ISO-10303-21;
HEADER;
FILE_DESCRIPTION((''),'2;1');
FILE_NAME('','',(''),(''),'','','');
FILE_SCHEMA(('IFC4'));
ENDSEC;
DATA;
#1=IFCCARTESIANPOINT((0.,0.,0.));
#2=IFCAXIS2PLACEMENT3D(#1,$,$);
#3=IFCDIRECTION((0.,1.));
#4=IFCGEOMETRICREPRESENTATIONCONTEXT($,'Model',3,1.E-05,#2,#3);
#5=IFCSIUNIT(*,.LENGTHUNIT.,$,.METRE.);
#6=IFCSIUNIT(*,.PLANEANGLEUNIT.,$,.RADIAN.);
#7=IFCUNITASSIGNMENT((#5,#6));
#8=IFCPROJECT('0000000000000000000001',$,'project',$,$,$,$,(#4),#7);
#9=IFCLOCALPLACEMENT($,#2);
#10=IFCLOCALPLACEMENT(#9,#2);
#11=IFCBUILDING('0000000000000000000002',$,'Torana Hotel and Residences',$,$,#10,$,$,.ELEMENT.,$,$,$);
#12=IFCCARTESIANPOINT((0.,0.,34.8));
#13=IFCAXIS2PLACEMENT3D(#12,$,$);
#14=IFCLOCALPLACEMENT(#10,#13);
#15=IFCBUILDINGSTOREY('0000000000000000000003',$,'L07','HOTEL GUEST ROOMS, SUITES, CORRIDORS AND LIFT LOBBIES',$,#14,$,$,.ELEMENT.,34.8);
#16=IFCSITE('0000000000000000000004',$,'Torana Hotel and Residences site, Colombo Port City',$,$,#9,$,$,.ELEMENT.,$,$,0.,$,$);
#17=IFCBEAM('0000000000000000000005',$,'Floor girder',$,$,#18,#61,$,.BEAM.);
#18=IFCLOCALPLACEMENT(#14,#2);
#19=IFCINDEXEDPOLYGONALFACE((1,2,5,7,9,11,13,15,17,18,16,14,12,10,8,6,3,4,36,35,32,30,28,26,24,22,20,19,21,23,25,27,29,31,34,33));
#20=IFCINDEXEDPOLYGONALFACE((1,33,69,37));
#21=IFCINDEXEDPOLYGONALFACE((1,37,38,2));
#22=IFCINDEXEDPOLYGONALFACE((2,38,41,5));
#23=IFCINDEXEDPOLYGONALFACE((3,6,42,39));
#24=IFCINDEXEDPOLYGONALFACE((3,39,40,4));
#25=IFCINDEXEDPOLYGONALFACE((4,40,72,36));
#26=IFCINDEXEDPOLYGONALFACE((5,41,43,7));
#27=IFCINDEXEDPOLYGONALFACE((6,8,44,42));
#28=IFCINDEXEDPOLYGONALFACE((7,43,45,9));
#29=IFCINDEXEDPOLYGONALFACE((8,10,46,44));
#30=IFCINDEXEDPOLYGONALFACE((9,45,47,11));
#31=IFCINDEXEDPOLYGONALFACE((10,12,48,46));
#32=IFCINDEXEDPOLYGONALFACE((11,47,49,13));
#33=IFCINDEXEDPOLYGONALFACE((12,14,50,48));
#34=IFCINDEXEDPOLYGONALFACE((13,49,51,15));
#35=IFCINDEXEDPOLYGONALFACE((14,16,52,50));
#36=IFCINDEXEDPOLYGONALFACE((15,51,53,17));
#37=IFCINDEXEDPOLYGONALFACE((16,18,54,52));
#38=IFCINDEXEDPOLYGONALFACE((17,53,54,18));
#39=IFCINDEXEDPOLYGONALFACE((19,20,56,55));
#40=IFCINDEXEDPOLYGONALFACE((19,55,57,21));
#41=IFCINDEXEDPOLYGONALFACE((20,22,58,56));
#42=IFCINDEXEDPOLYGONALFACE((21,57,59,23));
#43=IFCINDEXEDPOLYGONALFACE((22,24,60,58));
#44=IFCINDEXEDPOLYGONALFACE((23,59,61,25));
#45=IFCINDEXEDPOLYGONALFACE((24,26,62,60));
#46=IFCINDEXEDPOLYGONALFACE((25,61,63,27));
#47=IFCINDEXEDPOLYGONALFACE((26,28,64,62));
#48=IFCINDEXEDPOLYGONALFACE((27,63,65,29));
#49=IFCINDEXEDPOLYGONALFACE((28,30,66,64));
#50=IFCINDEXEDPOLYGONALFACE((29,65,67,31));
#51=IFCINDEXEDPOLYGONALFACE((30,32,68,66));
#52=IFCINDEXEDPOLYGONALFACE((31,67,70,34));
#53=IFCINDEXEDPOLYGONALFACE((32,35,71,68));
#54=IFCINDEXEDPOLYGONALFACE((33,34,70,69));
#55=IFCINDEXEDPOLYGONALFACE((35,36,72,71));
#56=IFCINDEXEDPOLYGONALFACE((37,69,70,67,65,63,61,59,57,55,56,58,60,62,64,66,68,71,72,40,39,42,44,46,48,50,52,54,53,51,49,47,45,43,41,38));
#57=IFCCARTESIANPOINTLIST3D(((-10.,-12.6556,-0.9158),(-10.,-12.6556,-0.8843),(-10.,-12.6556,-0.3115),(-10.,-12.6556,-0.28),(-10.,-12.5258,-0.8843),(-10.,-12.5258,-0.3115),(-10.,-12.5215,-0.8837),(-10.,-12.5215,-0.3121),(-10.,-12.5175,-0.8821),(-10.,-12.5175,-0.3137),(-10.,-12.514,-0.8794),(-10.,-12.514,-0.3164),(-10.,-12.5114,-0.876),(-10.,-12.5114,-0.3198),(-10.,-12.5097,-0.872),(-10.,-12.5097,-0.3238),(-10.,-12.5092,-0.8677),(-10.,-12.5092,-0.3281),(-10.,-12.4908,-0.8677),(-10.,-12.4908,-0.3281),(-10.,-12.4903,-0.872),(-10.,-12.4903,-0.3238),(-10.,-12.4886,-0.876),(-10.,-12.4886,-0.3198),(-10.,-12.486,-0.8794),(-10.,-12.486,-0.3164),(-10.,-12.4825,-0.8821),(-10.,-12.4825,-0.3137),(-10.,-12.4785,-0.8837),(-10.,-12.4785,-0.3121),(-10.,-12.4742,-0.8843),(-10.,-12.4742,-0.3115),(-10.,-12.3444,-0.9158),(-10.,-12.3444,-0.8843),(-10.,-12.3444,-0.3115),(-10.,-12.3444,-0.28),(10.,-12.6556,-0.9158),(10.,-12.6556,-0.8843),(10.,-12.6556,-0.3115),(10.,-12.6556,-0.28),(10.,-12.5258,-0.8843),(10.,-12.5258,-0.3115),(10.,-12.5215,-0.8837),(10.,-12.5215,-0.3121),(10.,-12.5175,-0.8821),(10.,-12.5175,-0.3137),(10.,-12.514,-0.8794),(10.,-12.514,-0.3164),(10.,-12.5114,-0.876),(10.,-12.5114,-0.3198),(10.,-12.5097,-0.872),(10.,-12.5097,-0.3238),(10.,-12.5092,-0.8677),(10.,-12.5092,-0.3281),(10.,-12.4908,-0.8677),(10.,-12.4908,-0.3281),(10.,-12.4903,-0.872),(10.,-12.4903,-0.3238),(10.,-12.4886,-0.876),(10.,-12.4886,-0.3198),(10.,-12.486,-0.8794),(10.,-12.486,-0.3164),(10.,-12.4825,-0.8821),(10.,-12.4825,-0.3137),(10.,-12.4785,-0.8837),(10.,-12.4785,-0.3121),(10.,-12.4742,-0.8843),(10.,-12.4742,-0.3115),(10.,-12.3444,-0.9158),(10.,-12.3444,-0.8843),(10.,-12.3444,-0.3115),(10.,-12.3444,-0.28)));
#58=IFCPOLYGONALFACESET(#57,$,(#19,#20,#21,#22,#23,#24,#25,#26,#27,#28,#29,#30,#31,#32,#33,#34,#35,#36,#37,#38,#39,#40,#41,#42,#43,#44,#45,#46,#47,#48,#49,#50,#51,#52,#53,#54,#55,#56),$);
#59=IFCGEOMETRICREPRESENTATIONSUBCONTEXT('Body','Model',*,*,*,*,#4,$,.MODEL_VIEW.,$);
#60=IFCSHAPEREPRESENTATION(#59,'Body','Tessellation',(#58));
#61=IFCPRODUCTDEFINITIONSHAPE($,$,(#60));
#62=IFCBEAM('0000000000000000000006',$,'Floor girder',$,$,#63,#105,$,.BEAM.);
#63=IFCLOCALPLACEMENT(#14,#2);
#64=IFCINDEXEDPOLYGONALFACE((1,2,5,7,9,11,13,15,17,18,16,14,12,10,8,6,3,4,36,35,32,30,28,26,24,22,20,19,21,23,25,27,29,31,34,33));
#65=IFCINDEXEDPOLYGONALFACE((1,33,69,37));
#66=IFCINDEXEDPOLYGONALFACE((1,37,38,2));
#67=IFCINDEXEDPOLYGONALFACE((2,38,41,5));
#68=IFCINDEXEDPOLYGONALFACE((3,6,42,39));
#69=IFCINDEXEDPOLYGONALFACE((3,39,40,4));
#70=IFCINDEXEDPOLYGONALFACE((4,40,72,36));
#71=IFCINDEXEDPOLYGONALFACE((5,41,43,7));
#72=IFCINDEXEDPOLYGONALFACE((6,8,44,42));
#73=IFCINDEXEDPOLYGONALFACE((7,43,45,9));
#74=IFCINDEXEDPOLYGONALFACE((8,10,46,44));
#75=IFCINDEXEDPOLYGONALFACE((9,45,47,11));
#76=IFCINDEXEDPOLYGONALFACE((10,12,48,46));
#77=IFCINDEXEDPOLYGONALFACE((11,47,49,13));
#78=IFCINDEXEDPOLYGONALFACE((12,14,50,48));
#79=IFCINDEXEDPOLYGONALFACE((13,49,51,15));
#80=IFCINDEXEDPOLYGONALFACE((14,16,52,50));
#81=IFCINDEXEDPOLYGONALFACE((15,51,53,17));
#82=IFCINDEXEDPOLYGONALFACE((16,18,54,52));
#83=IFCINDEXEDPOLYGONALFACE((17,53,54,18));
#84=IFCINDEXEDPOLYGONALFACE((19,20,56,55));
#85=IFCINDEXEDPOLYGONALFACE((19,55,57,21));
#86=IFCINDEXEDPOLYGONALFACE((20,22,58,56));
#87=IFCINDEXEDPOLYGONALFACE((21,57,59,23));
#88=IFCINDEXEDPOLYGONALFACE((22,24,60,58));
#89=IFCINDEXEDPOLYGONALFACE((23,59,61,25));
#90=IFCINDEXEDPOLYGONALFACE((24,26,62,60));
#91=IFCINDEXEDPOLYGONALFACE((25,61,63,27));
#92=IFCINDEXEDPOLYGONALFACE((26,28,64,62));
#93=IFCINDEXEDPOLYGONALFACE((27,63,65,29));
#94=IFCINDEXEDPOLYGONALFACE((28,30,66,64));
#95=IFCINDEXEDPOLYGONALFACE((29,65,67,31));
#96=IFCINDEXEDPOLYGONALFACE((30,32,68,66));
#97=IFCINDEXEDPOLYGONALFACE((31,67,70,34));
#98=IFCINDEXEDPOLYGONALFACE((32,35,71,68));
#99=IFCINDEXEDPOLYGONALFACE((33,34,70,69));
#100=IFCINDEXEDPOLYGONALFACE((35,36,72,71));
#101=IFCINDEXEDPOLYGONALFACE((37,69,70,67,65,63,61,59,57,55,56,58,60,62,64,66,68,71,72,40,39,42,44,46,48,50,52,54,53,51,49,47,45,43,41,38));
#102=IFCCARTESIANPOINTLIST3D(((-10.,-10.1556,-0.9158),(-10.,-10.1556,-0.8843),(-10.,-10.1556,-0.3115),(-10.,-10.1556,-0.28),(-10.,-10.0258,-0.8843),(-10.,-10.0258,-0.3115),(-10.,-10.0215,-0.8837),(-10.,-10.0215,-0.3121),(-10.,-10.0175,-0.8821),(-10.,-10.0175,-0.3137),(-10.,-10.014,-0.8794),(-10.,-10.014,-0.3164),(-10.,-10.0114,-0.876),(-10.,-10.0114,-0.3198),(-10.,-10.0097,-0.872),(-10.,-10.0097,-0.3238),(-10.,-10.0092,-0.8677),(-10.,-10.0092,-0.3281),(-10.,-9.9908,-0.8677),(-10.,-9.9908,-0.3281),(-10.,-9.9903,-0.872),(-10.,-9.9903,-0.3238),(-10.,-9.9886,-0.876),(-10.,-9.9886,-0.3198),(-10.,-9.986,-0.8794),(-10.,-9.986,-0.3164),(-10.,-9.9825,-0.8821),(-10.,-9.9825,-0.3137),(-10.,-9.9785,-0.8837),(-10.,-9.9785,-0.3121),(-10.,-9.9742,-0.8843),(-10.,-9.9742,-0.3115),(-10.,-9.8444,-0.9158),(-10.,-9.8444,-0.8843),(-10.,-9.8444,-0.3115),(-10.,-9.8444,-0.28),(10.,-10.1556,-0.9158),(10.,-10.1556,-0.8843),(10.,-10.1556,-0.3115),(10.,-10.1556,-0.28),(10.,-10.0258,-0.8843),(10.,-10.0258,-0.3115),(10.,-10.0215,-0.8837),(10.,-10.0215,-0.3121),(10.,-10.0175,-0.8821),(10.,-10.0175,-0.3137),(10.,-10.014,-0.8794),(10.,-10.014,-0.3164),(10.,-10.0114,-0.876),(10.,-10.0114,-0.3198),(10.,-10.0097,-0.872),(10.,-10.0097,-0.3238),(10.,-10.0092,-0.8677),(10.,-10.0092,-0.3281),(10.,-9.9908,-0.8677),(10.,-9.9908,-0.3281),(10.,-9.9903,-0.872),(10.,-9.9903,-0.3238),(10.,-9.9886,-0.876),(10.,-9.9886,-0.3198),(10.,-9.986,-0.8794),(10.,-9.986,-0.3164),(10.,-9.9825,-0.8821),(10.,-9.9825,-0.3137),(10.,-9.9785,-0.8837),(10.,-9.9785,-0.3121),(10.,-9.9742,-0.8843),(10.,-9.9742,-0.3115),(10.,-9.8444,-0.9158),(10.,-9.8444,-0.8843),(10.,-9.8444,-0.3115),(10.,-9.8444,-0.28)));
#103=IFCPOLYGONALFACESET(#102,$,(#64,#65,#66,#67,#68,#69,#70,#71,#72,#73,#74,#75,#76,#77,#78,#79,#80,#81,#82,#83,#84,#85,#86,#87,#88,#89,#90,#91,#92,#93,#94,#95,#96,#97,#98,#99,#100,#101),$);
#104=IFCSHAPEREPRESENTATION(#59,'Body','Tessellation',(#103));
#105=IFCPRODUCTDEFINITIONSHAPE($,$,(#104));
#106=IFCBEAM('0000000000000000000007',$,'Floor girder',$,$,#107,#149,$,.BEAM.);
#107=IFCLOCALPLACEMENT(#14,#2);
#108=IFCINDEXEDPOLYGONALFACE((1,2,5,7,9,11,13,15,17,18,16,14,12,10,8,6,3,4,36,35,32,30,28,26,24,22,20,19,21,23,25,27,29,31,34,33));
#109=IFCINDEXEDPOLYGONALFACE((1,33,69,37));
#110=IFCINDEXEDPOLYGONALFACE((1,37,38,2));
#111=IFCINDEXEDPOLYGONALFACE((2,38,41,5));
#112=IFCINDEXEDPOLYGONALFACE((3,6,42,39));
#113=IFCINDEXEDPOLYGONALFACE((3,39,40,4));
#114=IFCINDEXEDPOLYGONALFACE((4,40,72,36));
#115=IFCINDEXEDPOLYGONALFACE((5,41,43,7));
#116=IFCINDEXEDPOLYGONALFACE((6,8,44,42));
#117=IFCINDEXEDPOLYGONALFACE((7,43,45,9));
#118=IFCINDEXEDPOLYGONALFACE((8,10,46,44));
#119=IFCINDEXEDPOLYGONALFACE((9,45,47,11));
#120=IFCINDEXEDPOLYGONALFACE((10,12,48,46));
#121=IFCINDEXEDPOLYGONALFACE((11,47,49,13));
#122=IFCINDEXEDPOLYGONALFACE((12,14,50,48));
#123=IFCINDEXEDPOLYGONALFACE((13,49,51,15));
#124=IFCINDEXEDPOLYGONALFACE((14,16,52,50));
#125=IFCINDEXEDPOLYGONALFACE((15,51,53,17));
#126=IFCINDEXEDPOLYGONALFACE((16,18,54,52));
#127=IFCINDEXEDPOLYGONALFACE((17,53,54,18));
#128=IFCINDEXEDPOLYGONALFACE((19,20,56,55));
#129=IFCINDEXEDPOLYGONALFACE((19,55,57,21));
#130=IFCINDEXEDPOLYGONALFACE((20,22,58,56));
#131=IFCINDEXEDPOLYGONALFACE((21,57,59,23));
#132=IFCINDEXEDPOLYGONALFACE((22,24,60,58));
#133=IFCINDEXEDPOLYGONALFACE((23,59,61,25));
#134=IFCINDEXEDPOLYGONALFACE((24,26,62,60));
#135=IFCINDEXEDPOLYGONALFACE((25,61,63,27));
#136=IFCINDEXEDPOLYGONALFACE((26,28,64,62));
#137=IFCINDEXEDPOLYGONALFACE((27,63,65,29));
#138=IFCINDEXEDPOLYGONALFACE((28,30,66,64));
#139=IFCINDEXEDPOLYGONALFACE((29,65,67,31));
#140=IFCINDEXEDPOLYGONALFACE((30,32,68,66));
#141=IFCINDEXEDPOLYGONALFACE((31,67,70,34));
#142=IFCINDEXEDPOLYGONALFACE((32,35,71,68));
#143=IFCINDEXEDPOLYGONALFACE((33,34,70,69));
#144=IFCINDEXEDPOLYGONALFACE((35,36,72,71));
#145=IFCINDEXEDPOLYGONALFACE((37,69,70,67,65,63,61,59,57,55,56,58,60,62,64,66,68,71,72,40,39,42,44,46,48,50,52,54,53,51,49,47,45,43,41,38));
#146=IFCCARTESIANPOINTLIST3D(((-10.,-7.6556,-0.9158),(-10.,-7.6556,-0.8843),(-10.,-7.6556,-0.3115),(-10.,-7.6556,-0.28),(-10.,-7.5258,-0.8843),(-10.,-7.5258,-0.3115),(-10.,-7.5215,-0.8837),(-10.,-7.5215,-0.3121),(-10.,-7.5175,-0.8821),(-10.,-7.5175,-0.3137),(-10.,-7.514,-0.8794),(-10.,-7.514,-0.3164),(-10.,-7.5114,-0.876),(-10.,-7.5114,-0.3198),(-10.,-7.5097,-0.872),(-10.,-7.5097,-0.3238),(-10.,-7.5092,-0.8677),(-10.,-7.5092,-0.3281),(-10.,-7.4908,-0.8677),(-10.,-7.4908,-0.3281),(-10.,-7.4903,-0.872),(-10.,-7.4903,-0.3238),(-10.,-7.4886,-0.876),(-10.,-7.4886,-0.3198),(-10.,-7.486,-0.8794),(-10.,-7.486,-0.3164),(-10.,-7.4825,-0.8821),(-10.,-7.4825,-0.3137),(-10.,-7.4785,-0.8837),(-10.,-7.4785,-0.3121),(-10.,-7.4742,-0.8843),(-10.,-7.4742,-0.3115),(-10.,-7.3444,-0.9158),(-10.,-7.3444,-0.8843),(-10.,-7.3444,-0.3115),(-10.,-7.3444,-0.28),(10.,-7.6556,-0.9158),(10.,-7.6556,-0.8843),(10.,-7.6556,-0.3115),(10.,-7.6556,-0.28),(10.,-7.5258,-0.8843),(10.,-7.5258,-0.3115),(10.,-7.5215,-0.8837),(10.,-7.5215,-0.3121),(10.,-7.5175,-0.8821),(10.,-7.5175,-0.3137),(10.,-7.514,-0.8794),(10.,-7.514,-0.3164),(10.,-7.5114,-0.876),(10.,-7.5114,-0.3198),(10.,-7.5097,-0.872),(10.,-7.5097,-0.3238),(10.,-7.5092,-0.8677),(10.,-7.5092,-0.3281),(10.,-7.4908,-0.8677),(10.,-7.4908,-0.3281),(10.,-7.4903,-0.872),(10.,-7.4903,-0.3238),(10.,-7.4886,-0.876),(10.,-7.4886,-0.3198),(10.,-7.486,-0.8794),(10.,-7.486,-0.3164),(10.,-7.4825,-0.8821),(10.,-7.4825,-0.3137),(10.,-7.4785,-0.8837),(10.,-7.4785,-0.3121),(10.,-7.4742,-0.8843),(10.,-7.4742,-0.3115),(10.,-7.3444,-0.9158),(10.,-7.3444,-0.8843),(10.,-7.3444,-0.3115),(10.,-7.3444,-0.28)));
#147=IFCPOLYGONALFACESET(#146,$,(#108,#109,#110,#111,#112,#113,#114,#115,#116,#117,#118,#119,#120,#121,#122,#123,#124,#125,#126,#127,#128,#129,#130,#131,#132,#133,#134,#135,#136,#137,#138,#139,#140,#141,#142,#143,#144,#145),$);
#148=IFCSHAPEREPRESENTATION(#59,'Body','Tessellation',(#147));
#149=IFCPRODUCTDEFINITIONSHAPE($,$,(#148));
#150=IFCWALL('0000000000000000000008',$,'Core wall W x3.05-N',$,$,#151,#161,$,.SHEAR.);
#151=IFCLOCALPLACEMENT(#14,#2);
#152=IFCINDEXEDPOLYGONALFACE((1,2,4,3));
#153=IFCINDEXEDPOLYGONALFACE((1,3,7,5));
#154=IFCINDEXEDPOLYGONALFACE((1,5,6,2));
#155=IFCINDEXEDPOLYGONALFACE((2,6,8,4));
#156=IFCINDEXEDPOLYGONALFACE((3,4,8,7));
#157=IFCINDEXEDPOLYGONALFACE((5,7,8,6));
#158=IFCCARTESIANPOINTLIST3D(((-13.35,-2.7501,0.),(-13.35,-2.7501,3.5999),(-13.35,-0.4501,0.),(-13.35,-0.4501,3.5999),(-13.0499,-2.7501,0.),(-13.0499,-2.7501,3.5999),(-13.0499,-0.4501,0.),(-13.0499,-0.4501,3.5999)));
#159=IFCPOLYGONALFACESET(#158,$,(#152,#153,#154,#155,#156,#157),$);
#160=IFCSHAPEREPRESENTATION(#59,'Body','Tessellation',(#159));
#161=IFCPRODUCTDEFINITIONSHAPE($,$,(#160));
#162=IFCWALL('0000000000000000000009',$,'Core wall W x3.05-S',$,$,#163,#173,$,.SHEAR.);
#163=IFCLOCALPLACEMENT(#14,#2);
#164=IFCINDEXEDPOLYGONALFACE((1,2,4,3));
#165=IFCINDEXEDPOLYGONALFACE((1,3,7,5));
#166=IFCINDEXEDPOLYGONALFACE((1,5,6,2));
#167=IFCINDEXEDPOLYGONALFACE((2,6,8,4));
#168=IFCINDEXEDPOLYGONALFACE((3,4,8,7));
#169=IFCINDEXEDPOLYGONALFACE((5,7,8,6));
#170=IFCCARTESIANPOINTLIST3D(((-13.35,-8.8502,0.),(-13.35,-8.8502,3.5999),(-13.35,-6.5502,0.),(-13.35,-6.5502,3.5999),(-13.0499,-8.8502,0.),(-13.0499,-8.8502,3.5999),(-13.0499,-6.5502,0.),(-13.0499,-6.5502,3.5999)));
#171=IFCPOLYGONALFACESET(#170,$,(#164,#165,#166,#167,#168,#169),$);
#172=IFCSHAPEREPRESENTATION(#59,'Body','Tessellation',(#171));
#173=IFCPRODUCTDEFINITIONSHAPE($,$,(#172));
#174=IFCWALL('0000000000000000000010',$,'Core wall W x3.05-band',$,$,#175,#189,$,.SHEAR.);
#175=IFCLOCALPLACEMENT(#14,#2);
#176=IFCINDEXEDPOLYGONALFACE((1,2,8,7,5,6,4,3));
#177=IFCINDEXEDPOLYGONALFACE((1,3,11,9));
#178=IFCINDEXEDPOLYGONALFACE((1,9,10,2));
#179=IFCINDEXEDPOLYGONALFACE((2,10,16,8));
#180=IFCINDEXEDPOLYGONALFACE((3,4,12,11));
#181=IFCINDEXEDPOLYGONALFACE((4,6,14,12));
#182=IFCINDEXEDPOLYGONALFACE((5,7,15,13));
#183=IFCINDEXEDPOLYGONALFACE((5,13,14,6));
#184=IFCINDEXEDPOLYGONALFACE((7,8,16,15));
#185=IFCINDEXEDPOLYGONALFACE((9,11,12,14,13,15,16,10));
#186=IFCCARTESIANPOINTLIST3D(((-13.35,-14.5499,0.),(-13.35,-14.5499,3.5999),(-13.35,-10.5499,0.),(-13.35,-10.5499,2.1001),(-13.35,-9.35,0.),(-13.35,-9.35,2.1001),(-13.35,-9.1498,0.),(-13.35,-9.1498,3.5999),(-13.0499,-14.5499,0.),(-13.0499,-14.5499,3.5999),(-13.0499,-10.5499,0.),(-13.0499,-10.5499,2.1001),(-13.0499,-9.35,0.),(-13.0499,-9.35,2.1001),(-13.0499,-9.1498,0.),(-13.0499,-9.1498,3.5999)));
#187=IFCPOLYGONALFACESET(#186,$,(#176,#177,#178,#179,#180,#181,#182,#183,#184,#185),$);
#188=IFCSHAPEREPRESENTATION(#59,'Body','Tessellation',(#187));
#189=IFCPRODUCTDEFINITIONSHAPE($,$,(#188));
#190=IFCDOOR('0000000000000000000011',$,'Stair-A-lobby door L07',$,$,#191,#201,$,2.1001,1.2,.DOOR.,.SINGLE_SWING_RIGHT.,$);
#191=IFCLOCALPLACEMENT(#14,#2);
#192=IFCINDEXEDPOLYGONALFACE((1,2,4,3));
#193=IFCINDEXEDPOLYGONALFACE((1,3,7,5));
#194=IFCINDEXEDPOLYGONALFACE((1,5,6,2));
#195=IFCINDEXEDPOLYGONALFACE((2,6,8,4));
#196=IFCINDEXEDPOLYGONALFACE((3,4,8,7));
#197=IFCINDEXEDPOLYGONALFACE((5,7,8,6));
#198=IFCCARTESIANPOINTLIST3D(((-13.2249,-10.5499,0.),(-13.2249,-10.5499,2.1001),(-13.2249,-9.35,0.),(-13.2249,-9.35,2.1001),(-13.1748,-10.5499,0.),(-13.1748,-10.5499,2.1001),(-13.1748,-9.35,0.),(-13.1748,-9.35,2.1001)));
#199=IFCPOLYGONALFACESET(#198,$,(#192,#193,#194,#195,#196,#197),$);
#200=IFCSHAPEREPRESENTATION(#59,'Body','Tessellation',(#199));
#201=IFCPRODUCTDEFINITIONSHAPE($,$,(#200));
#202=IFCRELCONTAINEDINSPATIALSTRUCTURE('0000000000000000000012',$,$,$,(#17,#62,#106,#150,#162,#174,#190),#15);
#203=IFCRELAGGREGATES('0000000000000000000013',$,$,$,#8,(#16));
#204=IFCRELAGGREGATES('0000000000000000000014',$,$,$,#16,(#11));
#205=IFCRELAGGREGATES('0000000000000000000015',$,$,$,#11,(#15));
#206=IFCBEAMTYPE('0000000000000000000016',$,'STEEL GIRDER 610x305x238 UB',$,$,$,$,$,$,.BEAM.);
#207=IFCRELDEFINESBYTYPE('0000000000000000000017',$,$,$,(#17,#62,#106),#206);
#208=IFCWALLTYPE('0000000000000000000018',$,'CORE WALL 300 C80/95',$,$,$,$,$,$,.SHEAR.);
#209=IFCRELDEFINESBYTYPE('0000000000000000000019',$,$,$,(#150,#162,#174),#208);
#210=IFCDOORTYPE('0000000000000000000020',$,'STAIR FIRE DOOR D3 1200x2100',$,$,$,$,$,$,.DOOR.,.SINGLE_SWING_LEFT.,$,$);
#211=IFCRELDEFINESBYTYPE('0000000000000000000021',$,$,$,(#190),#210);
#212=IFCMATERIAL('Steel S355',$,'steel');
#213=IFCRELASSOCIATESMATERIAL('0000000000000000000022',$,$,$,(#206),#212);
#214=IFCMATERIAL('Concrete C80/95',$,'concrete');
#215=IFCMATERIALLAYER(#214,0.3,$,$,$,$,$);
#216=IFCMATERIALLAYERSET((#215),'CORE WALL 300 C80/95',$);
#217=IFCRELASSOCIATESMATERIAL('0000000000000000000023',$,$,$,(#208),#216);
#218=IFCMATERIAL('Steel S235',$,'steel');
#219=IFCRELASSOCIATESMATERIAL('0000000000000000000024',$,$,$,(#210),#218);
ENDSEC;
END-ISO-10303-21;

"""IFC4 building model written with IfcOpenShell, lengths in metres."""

from ifc_helpers import new_model, si_unit, direction, frame, frame_2d, origin, origin_2d, place, context, subcontext, project, spatial, rectangle, i_section, extrude, material, layer, layer_set, material_profile, profile_set, type_object, element, fill, save


model = new_model("IFC4")

# Units and contexts
model_context = context("Model", 3, precision=1e-05, world=origin(), true_north=direction((0.0, 1.0)))
body_context = subcontext(model_context, "Body", "Model", "MODEL_VIEW")
ifc_project = project(units=[si_unit("LENGTHUNIT", "METRE"), si_unit("PLANEANGLEUNIT", "RADIAN")], contexts=[model_context])

# Site, building, storey
site_placement = place(None, origin())
site = spatial("IfcSite", under=ifc_project, at=site_placement, Name="Torana Hotel and Residences site, Colombo Port City", CompositionType="ELEMENT", RefElevation=0.0)
building_placement = place(site_placement, origin())
building = spatial("IfcBuilding", under=site, at=building_placement, Name="Torana Hotel and Residences", CompositionType="ELEMENT")
storey_placement = place(building_placement, frame((0.0, 0.0, 34.8)))
storey = spatial("IfcBuildingStorey", under=building, at=storey_placement, Name="L07", Description="HOTEL GUEST ROOMS, SUITES, CORRIDORS AND LIFT LOBBIES", CompositionType="ELEMENT", Elevation=34.8)

# Beams
ifc_material_1 = material(Name="Steel S355", Category="steel")
ifc_material_profile = material_profile(ifc_material_1, i_section(OverallWidth=0.3113, OverallDepth=0.6357, WebThickness=0.0183, FlangeThickness=0.0315, FilletRadius=0.0166, at=origin_2d()), Name="610x305x238 UB")
ifc_profile_set = profile_set([ifc_material_profile], Name="Steel S355")
beam_type = type_object("IfcBeamType", Name="STEEL GIRDER 610x305x238 UB", PredefinedType="BEAM", material=ifc_profile_set)
for number, where, z_axis, x_axis, name in (
    (1, (-10.0, -12.5, -0.5979), (1.0, 0.0, 0.0), (0.0, 1.0, 0.0), "Floor girder"),
    (2, (-10.0, -10.0, -0.5979), (1.0, 0.0, 0.0), (0.0, 1.0, 0.0), "Floor girder"),
    (3, (-10.0, -7.5, -0.5979), (1.0, 0.0, 0.0), (0.0, 1.0, 0.0), "Floor girder"),
):
    element("IfcBeam", number, at=place(storey_placement, frame(where, z_axis=z_axis, x_axis=x_axis)), inside=storey, type_object=beam_type, Name=name, PredefinedType="BEAM", context=body_context, shape_type="SweptSolid", body=[
        extrude(i_section(OverallWidth=0.3113, OverallDepth=0.6357, WebThickness=0.0183, FlangeThickness=0.0315, FilletRadius=0.0166, at=origin_2d()), origin(), (0.0, 0.0, 1.0), 20.0),
    ])

# Walls
ifc_material_2 = material(Name="Concrete C80/95", Category="concrete")
ifc_layer_1 = layer(ifc_material_2, 0.3)
ifc_layer_set_1 = layer_set([ifc_layer_1], Name="CORE WALL 300 C80/95")
wall_type_1 = type_object("IfcWallType", Name="CORE WALL 300 C80/95", PredefinedType="SHEAR", material=ifc_layer_set_1)
for number, where, z_axis, x_axis, name in (
    (4, (-13.2, -2.75, 0.0), (0.0, 0.0, 1.0), (0.0, 1.0, 0.0), "Core wall W x3.05-N"),
    (5, (-13.2, -8.8501, 0.0), (0.0, 0.0, 1.0), (0.0, 1.0, 0.0), "Core wall W x3.05-S"),
):
    element("IfcWall", number, at=place(storey_placement, frame(where, z_axis=z_axis, x_axis=x_axis)), inside=storey, type_object=wall_type_1, Name=name, PredefinedType="SHEAR", context=body_context, shape_type="SweptSolid", body=[
        extrude(rectangle(XDim=2.3, YDim=0.3, at=frame_2d((1.1499, 0.0))), origin(), (0.0, 0.0, 1.0), 3.5999),
    ])

# Wall, opening, door
wall_1_placement = place(storey_placement, frame((-13.2, -14.55, 0.0), z_axis=(0.0, 0.0, 1.0), x_axis=(0.0, 1.0, 0.0)))
wall_1 = element("IfcWall", 6, at=wall_1_placement, inside=storey, type_object=wall_type_1, Name="Core wall W x3.05-band", PredefinedType="SHEAR", context=body_context, shape_type="SweptSolid", body=[
    extrude(rectangle(XDim=5.4001, YDim=0.3, at=frame_2d((2.7002, 0.0))), origin(), (0.0, 0.0, 1.0), 3.5999),
])
opening_1_placement = place(wall_1_placement, frame((4.0, 0.0, 0.0)))
opening_1 = element("IfcOpeningElement", 7, at=opening_1_placement, cuts=wall_1, PredefinedType="OPENING", context=body_context, shape_type="SweptSolid", body=[
    extrude(rectangle(XDim=1.2, YDim=2.1001, at=frame_2d((0.6001, 1.05))), frame((0.0, 0.1599, 0.0), z_axis=(0.0, -1.0, 0.0), x_axis=(1.0, 0.0, 0.0)), (0.0, 0.0, 1.0), 0.3201),
])
ifc_material_3 = material(Name="Steel S235", Category="steel")
door_type_1 = type_object("IfcDoorType", Name="STAIR FIRE DOOR D3 1200x2100", OperationType="SINGLE_SWING_LEFT", PredefinedType="DOOR", material=ifc_material_3)
door_1_placement = place(opening_1_placement, frame((0.6001, 0.0, 0.0), z_axis=(0.0, 0.0, 1.0), x_axis=(-1.0, 0.0, 0.0)))
door_1 = element("IfcDoor", 8, at=door_1_placement, inside=storey, type_object=door_type_1, Name="Stair-A-lobby door L07", OperationType="SINGLE_SWING_RIGHT", OverallHeight=2.1001, OverallWidth=1.2, PredefinedType="DOOR", context=body_context, shape_type="SweptSolid", body=[
    extrude(rectangle(XDim=1.2, YDim=2.1001, at=frame_2d((0.0, 1.05))), frame((0.0, -0.0249, 0.0), z_axis=(0.0, 1.0, 0.0), x_axis=(-1.0, 0.0, 0.0)), (0.0, 0.0, 1.0), 0.05),
])
fill(opening_1, door_1)

save(model, "model.ifc")
